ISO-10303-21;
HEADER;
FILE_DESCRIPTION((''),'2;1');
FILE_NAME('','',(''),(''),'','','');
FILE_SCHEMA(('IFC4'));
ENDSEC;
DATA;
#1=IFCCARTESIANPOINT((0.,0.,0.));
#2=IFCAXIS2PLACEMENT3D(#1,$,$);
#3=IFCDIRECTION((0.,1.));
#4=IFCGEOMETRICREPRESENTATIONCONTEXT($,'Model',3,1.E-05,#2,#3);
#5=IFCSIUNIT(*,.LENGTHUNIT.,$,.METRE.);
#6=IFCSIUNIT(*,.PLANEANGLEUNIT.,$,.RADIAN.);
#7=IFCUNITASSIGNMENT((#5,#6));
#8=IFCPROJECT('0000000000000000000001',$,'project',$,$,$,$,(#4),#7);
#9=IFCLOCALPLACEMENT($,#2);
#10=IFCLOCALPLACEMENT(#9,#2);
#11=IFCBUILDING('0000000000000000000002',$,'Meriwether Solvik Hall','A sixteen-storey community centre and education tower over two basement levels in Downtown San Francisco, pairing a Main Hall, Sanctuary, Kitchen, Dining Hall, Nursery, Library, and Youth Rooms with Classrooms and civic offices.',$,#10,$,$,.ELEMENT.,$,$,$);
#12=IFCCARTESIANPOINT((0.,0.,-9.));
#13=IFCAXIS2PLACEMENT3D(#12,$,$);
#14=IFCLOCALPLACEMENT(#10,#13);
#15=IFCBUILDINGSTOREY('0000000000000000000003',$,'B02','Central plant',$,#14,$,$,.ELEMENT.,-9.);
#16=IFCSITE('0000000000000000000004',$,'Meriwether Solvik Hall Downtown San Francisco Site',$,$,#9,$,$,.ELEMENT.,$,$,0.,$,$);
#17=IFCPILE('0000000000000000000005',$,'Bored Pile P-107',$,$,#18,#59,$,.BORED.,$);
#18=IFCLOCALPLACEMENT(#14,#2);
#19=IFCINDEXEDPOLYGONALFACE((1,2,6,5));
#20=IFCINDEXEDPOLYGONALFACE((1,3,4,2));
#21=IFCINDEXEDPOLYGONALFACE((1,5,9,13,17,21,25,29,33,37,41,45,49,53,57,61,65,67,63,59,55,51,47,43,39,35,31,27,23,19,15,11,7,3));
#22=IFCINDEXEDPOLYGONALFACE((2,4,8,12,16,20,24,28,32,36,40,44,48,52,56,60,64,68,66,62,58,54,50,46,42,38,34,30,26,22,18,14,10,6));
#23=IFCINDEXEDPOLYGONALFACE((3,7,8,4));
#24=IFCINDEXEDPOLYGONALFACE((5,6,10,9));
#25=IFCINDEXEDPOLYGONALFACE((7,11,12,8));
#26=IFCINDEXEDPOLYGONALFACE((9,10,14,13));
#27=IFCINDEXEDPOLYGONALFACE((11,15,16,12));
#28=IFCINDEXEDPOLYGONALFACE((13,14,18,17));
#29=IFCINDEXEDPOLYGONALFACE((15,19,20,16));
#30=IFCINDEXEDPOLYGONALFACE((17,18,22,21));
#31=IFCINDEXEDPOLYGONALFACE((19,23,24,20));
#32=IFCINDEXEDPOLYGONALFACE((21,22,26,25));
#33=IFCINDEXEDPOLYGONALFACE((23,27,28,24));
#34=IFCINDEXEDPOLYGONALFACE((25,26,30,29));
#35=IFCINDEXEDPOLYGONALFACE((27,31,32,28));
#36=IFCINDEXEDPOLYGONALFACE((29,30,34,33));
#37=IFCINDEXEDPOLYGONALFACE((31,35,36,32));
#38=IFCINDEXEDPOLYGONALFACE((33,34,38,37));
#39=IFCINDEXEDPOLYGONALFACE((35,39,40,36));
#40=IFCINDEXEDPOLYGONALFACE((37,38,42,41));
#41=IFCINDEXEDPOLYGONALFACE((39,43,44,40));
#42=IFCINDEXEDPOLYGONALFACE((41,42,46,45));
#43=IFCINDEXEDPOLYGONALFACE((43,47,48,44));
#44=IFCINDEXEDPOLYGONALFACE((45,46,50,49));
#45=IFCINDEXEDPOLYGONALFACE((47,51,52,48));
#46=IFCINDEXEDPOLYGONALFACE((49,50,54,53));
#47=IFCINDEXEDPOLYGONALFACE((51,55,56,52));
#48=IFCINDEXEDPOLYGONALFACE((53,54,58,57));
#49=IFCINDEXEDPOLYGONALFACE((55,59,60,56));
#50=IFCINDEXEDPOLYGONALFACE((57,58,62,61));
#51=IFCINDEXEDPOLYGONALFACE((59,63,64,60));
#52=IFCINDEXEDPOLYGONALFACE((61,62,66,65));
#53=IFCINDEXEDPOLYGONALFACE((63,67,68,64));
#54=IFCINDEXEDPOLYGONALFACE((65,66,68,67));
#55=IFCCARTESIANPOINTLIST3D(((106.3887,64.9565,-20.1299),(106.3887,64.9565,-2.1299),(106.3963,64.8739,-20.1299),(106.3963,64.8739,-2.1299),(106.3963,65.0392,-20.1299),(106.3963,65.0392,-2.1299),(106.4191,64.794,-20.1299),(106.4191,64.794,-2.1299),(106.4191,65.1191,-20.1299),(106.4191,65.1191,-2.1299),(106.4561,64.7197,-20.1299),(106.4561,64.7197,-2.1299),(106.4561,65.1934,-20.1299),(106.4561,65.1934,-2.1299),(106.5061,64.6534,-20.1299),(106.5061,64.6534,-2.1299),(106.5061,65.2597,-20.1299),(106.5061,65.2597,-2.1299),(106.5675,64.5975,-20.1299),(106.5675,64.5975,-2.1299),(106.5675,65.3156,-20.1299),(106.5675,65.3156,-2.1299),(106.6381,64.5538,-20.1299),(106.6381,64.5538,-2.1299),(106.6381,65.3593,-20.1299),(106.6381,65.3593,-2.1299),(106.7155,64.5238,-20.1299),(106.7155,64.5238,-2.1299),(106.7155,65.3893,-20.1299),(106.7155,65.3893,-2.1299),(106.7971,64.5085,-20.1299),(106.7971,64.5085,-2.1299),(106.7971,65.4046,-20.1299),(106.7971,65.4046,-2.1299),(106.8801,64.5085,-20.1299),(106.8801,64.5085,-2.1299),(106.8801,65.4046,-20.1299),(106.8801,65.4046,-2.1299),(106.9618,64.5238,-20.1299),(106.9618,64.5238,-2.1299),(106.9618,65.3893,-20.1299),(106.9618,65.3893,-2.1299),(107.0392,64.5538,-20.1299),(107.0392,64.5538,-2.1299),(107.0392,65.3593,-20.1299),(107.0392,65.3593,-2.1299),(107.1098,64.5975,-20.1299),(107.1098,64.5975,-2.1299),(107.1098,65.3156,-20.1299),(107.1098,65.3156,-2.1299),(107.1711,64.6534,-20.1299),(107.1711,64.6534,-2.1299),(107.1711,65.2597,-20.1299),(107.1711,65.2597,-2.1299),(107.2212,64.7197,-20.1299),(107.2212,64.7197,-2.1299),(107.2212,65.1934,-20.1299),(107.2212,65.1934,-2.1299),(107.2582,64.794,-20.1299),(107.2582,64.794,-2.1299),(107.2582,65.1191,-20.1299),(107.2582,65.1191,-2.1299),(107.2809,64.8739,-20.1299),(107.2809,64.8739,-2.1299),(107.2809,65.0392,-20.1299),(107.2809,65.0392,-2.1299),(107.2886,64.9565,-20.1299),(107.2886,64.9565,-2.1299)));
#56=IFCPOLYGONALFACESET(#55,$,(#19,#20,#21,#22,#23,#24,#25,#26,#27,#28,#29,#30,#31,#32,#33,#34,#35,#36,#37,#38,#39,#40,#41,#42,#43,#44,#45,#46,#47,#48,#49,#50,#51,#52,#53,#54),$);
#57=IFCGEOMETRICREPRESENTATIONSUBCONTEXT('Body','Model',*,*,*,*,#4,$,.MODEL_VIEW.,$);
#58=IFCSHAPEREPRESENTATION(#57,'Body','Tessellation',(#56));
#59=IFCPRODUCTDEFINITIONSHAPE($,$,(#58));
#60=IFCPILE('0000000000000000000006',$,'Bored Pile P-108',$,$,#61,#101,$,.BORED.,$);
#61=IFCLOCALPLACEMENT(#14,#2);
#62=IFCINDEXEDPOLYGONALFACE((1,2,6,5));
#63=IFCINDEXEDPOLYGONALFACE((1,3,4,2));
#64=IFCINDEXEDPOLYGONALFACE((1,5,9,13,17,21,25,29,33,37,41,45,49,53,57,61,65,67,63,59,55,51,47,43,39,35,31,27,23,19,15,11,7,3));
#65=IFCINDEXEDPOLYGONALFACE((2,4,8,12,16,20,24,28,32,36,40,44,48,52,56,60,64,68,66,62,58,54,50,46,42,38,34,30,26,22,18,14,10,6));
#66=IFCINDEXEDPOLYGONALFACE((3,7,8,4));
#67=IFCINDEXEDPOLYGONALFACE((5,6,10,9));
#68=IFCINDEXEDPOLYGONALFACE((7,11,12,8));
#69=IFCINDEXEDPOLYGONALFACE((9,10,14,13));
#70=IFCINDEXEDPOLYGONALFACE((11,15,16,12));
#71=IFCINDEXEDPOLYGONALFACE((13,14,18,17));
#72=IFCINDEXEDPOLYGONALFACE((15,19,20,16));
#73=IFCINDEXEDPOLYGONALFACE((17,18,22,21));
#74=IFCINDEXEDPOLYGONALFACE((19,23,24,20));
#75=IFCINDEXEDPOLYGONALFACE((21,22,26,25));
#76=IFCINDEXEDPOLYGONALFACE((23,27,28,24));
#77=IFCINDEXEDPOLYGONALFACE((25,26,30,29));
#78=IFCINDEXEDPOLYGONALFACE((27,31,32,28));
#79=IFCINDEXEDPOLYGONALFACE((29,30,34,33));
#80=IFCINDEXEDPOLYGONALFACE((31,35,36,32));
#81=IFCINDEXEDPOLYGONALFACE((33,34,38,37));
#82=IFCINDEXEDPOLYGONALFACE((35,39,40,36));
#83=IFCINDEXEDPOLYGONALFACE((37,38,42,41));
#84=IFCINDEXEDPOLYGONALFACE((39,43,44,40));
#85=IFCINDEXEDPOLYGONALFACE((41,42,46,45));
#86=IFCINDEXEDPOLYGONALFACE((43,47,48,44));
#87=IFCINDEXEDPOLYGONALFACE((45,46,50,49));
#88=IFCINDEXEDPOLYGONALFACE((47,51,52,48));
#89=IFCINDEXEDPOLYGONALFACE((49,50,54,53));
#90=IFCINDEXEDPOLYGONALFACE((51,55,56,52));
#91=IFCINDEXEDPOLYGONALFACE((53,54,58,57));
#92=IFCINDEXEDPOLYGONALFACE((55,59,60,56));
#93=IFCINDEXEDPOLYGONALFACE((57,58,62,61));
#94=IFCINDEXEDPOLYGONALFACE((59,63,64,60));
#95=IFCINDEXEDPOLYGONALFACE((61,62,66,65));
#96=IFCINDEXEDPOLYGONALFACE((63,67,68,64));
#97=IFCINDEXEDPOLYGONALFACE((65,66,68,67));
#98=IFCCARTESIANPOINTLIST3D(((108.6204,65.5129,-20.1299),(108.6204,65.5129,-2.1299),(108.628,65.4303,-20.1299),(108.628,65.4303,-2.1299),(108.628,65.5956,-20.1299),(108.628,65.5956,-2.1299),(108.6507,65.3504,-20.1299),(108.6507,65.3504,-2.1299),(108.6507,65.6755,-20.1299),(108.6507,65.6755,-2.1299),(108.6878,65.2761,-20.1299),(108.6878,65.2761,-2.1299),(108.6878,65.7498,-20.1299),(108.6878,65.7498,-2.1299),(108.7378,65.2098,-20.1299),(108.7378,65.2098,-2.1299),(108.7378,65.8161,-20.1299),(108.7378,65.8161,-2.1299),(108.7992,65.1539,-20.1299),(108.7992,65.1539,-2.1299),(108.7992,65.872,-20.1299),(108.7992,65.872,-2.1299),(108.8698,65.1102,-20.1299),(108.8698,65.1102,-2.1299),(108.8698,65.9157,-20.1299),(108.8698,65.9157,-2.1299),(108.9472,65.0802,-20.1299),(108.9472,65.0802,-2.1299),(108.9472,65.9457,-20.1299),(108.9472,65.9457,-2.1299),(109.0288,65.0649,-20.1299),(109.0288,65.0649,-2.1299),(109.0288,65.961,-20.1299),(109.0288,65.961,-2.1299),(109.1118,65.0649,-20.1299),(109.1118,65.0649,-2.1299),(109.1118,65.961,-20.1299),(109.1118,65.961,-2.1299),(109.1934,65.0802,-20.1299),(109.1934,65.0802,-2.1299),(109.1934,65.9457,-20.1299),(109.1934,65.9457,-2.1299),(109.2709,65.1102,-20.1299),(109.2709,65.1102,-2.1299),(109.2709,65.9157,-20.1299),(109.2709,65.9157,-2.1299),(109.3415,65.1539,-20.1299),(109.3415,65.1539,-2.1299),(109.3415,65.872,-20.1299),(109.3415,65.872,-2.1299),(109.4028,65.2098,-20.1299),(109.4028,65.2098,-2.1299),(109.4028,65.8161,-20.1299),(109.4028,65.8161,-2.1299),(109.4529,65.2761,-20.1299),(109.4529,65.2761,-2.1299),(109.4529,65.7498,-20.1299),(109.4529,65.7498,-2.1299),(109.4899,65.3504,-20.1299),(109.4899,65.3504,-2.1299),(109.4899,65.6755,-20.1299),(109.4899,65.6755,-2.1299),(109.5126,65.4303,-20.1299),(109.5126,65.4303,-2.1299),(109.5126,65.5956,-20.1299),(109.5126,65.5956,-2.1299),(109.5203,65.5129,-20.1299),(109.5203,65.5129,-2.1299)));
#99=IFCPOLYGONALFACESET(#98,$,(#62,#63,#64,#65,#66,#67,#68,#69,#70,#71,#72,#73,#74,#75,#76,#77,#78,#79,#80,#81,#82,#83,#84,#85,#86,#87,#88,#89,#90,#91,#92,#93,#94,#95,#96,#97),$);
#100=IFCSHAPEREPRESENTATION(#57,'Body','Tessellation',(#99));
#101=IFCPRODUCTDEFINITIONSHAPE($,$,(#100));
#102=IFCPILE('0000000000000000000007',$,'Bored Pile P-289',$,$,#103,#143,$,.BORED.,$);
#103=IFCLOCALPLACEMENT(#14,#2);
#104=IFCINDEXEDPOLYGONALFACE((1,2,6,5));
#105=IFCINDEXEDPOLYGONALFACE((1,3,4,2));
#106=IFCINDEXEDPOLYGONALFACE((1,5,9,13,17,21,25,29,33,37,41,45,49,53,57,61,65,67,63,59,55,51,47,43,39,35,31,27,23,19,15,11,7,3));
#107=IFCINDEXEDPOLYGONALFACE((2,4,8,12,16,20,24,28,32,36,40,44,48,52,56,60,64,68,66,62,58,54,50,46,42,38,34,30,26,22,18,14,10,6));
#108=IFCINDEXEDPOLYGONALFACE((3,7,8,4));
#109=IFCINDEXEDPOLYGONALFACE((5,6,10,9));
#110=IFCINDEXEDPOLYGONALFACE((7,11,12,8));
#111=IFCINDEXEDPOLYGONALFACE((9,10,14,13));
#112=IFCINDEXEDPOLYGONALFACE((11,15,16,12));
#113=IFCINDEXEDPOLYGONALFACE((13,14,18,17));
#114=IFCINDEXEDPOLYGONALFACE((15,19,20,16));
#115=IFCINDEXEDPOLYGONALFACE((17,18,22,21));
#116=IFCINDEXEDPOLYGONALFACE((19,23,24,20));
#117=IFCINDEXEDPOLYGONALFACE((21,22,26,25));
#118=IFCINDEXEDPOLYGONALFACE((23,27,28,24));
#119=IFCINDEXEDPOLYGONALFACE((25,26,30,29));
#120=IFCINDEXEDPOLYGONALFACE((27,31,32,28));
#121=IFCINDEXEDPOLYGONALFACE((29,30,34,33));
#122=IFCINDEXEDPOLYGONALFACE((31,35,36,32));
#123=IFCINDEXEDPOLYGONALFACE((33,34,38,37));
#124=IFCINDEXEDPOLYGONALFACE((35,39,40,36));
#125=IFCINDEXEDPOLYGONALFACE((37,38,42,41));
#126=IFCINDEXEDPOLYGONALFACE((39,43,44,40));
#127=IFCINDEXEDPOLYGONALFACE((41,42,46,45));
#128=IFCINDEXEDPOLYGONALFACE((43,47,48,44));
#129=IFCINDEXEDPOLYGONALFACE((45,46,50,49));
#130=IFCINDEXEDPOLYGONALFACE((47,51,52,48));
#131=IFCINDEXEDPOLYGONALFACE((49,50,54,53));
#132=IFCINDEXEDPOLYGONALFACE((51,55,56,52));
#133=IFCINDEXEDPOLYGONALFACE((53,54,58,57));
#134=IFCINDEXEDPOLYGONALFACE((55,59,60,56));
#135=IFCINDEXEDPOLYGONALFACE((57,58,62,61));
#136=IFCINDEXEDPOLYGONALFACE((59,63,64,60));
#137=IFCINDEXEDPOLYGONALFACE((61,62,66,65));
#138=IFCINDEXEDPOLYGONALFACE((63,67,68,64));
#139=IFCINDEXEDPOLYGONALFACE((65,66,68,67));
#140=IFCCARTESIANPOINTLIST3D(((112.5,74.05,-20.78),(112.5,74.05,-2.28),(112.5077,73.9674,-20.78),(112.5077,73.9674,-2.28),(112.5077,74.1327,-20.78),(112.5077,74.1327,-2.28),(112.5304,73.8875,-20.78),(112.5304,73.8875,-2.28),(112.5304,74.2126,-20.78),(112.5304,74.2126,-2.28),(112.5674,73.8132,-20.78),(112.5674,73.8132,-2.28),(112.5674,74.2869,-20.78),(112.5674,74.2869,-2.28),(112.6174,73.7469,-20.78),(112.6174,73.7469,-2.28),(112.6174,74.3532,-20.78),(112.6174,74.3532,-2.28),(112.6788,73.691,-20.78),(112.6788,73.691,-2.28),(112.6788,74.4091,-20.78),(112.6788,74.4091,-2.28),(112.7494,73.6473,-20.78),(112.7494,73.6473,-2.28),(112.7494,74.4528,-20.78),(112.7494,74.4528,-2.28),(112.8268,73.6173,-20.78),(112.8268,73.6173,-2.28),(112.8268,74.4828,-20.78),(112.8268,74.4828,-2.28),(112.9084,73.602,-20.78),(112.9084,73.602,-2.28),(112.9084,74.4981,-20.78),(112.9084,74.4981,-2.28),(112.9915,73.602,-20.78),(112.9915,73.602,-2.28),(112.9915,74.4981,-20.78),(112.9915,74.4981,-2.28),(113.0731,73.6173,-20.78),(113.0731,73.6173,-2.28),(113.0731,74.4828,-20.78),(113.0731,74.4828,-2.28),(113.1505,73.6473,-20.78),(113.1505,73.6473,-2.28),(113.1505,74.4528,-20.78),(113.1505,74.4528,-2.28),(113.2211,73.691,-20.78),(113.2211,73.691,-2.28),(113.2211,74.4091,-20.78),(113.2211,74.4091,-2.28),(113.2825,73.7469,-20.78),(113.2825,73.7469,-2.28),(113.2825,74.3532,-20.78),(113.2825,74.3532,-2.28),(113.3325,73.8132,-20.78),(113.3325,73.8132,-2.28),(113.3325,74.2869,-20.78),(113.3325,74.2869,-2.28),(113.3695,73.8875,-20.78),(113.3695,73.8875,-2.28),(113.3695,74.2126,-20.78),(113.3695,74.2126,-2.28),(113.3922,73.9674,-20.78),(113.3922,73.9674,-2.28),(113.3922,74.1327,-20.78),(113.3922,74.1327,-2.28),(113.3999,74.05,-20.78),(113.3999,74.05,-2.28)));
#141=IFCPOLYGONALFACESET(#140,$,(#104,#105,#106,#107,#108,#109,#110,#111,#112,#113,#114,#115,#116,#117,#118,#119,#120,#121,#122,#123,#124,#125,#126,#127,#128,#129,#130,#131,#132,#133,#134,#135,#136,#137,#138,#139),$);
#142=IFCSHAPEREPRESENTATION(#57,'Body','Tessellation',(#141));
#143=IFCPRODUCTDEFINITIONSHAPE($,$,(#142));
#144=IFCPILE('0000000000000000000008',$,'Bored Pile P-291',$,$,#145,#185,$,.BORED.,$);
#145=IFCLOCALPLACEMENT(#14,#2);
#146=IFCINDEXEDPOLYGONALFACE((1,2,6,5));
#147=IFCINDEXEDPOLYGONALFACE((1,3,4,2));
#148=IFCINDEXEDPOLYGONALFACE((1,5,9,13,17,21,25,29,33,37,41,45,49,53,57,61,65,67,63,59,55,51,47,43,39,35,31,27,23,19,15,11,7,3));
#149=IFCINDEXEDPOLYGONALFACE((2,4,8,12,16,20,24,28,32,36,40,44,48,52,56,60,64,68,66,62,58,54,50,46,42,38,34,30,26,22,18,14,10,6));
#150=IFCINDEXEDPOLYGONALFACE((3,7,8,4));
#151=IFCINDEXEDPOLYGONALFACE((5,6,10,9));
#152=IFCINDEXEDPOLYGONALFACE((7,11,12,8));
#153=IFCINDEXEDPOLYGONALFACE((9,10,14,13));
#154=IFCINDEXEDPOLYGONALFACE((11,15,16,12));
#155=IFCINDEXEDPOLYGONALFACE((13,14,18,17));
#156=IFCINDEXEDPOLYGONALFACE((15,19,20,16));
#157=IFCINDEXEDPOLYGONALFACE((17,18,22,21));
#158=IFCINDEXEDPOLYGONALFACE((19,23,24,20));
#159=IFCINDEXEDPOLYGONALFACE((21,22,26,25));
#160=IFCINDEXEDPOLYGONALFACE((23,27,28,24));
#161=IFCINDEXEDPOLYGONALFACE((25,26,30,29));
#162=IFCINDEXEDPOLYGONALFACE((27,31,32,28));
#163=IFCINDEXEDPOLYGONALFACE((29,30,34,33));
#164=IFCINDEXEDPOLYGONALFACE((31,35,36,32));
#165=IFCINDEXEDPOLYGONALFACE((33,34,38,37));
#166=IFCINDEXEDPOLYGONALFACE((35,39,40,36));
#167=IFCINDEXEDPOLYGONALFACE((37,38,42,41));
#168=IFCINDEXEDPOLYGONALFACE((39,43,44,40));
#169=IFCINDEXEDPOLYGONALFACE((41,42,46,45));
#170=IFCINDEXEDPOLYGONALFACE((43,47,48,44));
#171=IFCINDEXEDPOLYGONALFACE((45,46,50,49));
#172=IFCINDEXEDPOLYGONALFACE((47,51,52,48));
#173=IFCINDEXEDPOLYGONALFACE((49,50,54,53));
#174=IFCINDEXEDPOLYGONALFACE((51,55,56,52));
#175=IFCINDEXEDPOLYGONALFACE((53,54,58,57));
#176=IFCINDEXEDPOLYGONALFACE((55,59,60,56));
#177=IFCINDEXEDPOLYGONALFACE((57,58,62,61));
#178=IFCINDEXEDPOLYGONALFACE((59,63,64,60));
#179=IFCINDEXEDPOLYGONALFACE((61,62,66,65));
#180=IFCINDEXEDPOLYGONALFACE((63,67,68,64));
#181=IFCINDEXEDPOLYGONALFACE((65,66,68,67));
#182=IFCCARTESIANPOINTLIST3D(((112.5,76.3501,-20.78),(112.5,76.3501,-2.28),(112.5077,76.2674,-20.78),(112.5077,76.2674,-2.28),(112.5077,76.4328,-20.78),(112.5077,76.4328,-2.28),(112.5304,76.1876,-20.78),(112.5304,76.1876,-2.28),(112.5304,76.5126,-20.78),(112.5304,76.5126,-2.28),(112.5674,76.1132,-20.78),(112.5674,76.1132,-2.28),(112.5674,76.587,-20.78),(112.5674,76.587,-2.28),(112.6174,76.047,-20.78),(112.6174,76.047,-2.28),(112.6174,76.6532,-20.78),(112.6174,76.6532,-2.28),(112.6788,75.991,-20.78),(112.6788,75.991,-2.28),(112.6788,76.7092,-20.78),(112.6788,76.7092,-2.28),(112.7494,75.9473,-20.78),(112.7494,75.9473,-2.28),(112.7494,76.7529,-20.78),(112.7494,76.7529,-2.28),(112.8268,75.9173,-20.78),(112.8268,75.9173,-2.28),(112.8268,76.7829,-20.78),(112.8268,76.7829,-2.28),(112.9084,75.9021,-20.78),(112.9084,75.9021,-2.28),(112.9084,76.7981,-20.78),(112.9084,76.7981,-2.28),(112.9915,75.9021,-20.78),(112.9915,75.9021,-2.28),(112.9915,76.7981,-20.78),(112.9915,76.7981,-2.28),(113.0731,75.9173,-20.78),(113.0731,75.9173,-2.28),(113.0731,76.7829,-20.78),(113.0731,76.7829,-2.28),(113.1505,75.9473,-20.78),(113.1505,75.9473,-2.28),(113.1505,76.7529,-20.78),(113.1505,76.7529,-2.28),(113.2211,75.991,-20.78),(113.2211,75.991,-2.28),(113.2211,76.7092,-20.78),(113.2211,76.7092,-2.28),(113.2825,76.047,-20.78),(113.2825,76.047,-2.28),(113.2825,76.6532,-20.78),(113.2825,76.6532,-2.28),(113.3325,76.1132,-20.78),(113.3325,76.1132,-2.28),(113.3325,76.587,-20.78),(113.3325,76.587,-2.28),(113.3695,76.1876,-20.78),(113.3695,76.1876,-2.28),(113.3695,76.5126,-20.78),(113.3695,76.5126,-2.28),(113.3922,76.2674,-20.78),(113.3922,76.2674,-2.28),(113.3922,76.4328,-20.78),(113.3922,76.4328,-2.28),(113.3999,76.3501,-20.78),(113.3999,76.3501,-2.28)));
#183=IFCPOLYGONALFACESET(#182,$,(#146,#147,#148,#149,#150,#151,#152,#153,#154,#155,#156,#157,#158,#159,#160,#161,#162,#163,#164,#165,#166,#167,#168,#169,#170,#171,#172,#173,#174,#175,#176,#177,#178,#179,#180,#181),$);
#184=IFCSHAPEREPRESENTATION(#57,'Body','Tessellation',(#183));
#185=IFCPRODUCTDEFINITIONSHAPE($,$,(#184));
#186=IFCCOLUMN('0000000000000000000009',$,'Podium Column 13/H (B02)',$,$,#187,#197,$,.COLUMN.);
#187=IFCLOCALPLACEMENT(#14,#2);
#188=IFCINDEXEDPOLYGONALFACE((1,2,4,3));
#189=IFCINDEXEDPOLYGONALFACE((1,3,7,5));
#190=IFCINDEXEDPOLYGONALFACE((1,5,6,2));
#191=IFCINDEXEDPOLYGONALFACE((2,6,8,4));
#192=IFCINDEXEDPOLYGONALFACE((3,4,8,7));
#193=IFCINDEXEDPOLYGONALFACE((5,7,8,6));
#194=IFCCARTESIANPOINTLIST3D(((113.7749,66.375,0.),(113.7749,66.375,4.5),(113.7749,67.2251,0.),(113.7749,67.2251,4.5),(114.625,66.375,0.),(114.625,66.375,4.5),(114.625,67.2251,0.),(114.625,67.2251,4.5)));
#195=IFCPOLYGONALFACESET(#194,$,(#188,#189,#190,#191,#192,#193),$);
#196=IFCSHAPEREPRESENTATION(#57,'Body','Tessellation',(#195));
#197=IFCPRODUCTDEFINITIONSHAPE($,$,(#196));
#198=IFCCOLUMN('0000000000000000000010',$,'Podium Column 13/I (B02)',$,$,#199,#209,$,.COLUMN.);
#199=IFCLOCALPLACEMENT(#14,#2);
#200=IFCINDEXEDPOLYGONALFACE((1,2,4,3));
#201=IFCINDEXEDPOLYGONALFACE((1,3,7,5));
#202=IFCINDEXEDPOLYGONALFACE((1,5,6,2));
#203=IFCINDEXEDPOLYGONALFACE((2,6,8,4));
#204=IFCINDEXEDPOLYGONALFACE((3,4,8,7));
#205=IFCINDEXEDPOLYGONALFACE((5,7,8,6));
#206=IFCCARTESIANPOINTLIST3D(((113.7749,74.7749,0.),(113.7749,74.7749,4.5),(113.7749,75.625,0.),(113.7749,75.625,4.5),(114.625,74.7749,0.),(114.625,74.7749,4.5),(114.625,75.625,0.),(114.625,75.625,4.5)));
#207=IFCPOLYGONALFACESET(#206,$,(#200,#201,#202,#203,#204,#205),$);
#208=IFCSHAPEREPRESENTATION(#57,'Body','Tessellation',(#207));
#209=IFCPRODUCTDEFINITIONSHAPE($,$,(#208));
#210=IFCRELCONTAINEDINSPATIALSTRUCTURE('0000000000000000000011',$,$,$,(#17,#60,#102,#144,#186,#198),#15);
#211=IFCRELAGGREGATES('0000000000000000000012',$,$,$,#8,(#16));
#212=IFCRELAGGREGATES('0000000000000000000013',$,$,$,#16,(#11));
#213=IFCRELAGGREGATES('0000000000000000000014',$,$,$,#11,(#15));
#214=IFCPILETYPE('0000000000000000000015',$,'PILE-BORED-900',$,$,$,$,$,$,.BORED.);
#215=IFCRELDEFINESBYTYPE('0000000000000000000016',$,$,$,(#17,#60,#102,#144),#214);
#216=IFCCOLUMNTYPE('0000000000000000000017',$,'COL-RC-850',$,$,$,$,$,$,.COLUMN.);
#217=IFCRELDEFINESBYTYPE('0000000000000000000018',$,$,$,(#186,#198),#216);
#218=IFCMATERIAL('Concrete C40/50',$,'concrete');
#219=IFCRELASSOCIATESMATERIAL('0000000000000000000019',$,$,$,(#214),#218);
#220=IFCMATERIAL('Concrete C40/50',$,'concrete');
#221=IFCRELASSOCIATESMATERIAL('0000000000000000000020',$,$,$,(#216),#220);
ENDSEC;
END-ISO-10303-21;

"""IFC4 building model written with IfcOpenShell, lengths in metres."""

from ifc_helpers import new_model, si_unit, direction, frame, origin, origin_2d, place, context, subcontext, project, spatial, rectangle, circle, extrude, material, material_profile, profile_set, type_object, element, save


model = new_model("IFC4")

# Units and contexts
model_context = context("Model", 3, precision=1e-05, world=origin(), true_north=direction((0.0, 1.0)))
body_context = subcontext(model_context, "Body", "Model", "MODEL_VIEW")
ifc_project = project(units=[si_unit("LENGTHUNIT", "METRE"), si_unit("PLANEANGLEUNIT", "RADIAN")], contexts=[model_context])

# Site, building, storey
site_placement = place(None, origin())
site = spatial("IfcSite", under=ifc_project, at=site_placement, Name="Meriwether Solvik Hall Downtown San Francisco Site", CompositionType="ELEMENT", RefElevation=0.0)
building_placement = place(site_placement, origin())
building = spatial("IfcBuilding", under=site, at=building_placement, Name="Meriwether Solvik Hall", Description="A sixteen-storey community centre and education tower over two basement levels in Downtown San Francisco, pairing a Main Hall, Sanctuary, Kitchen, Dining Hall, Nursery, Library, and Youth Rooms with Classrooms and civic offices.", CompositionType="ELEMENT")
storey_placement = place(building_placement, frame((0.0, 0.0, -9.0)))
storey = spatial("IfcBuildingStorey", under=building, at=storey_placement, Name="B02", Description="Central plant", CompositionType="ELEMENT", Elevation=-9.0)

# Piles
ifc_material_1 = material(Name="Concrete C40/50", Category="concrete")
ifc_material_profile_1 = material_profile(ifc_material_1, circle(Radius=0.45, at=origin_2d()), Name="PILE-D900")
ifc_profile_set_1 = profile_set([ifc_material_profile_1], Name="Concrete C40/50")
pile_type_1 = type_object("IfcPileType", Name="PILE-BORED-900", PredefinedType="BORED", material=ifc_profile_set_1)
for number, where, z_axis, x_axis, name in (
    (1, (106.8386, 64.9565, -2.1299), (0.0, 0.0, -1.0), (1.0, 0.0, 0.0), "Bored Pile P-107"),
    (2, (109.0703, 65.5129, -2.1299), (0.0, 0.0, -1.0), (1.0, 0.0, 0.0), "Bored Pile P-108"),
):
    element("IfcPile", number, at=place(storey_placement, frame(where, z_axis=z_axis, x_axis=x_axis)), inside=storey, type_object=pile_type_1, Name=name, PredefinedType="BORED", context=body_context, shape_type="SweptSolid", body=[
        extrude(circle(Radius=0.45, at=origin_2d()), origin(), (0.0, 0.0, 1.0), 18.0),
    ])
for number, where, z_axis, x_axis, name in (
    (3, (112.95, 74.05, -2.28), (0.0, 0.0, -1.0), (1.0, 0.0, 0.0), "Bored Pile P-289"),
    (4, (112.95, 76.3501, -2.28), (0.0, 0.0, -1.0), (1.0, 0.0, 0.0), "Bored Pile P-291"),
):
    element("IfcPile", number, at=place(storey_placement, frame(where, z_axis=z_axis, x_axis=x_axis)), inside=storey, type_object=pile_type_1, Name=name, PredefinedType="BORED", context=body_context, shape_type="SweptSolid", body=[
        extrude(circle(Radius=0.45, at=origin_2d()), origin(), (0.0, 0.0, 1.0), 18.5),
    ])

# Columns
ifc_material_2 = material(Name="Concrete C40/50", Category="concrete")
ifc_material_profile_2 = material_profile(ifc_material_2, rectangle(XDim=0.8501, YDim=0.8501, at=origin_2d()), Name="RCC-850X850")
ifc_profile_set_2 = profile_set([ifc_material_profile_2], Name="Concrete C40/50")
column_type_1 = type_object("IfcColumnType", Name="COL-RC-850", PredefinedType="COLUMN", material=ifc_profile_set_2)
for number, where, z_axis, x_axis, name in (
    (5, (114.2, 66.8, 0.0), (0.0, 0.0, 1.0), (1.0, 0.0, 0.0), "Podium Column 13/H (B02)"),
    (6, (114.2, 75.2, 0.0), (0.0, 0.0, 1.0), (1.0, 0.0, 0.0), "Podium Column 13/I (B02)"),
):
    element("IfcColumn", number, at=place(storey_placement, frame(where, z_axis=z_axis, x_axis=x_axis)), inside=storey, type_object=column_type_1, Name=name, PredefinedType="COLUMN", context=body_context, shape_type="SweptSolid", body=[
        extrude(rectangle(XDim=0.8501, YDim=0.8501, at=origin_2d()), origin(), (0.0, 0.0, 1.0), 4.5),
    ])

save(model, "model.ifc")
